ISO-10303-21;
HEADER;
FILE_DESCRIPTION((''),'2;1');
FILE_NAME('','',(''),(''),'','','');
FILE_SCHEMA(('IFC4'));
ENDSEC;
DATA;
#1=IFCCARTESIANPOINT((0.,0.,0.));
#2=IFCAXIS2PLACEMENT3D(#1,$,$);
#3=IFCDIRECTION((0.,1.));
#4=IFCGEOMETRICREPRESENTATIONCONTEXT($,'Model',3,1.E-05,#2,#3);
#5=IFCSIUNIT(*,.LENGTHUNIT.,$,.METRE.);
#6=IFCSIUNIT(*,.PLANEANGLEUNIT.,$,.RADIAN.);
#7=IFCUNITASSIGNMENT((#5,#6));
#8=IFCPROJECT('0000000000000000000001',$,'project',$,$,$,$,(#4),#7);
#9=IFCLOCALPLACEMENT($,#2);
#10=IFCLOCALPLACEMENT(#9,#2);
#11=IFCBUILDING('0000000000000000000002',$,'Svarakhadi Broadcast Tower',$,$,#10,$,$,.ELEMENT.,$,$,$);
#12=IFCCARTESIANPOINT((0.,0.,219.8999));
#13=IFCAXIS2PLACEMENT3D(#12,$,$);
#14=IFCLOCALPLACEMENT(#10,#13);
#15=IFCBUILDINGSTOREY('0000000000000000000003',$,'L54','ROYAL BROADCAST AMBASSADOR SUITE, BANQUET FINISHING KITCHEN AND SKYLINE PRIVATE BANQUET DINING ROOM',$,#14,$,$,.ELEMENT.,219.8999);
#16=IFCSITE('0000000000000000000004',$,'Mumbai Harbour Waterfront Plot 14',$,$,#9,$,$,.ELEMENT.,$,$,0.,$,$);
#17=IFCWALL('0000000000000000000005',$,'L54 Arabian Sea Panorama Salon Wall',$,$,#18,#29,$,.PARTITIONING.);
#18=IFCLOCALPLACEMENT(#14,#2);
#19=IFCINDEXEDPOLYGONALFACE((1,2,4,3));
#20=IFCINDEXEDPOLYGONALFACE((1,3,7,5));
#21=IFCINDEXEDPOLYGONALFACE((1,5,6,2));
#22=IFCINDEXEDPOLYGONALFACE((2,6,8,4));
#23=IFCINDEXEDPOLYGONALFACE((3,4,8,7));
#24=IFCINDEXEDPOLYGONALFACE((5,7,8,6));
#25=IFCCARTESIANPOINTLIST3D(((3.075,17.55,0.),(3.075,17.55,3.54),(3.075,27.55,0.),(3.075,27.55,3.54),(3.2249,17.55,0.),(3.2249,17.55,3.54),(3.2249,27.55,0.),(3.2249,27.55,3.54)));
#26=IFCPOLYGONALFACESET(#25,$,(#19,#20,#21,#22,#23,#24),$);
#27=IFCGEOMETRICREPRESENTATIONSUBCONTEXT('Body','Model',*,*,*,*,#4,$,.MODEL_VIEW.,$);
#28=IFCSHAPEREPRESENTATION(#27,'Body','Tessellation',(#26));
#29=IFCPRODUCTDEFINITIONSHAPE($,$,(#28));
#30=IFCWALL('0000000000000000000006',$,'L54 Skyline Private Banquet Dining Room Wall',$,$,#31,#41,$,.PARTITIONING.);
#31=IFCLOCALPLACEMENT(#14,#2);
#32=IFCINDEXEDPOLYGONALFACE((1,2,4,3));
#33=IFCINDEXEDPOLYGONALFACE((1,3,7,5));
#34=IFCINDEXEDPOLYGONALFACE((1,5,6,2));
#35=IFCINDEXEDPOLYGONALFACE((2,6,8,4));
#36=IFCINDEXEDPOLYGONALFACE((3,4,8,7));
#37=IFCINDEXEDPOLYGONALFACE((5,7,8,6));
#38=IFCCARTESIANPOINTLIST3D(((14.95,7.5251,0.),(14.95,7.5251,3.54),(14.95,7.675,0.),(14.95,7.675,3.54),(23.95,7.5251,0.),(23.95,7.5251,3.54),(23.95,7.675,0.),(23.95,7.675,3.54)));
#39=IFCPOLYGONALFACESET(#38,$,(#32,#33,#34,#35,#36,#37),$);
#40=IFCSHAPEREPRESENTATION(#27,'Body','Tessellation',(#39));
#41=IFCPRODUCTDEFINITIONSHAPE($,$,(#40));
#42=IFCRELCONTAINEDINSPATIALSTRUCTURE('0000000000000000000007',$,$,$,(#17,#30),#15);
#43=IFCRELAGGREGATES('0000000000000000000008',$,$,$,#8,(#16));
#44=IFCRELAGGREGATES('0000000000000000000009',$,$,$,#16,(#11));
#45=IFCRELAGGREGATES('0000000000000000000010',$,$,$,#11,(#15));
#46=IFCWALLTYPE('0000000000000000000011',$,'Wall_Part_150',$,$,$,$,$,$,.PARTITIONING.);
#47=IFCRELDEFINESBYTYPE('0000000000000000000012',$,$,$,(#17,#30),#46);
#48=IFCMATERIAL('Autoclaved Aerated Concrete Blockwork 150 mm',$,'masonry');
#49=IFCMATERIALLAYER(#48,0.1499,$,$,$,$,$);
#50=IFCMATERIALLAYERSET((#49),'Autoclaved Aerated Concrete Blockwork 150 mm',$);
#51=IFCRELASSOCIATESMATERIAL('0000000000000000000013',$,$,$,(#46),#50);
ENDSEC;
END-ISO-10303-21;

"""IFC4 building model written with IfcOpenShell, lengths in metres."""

from ifc_helpers import new_model, si_unit, direction, frame, frame_2d, origin, place, context, subcontext, project, spatial, rectangle, extrude, material, layer, layer_set, type_object, element, save


model = new_model("IFC4")

# Units and contexts
model_context = context("Model", 3, precision=1e-05, world=origin(), true_north=direction((0.0, 1.0)))
body_context = subcontext(model_context, "Body", "Model", "MODEL_VIEW")
ifc_project = project(units=[si_unit("LENGTHUNIT", "METRE"), si_unit("PLANEANGLEUNIT", "RADIAN")], contexts=[model_context])

# Site, building, storey
site_placement = place(None, origin())
site = spatial("IfcSite", under=ifc_project, at=site_placement, Name="Mumbai Harbour Waterfront Plot 14", CompositionType="ELEMENT", RefElevation=0.0)
building_placement = place(site_placement, origin())
building = spatial("IfcBuilding", under=site, at=building_placement, Name="Svarakhadi Broadcast Tower", CompositionType="ELEMENT")
storey_placement = place(building_placement, frame((0.0, 0.0, 219.8999)))
storey = spatial("IfcBuildingStorey", under=building, at=storey_placement, Name="L54", Description="ROYAL BROADCAST AMBASSADOR SUITE, BANQUET FINISHING KITCHEN AND SKYLINE PRIVATE BANQUET DINING ROOM", CompositionType="ELEMENT", Elevation=219.8999)

# Walls
ifc_material_1 = material(Name="Autoclaved Aerated Concrete Blockwork 150 mm", Category="masonry")
ifc_layer_1 = layer(ifc_material_1, 0.1499)
ifc_layer_set_1 = layer_set([ifc_layer_1], Name="Autoclaved Aerated Concrete Blockwork 150 mm")
wall_type_1 = type_object("IfcWallType", Name="Wall_Part_150", PredefinedType="PARTITIONING", material=ifc_layer_set_1)
wall_1_placement = place(storey_placement, frame((3.1499, 17.55, 0.0), z_axis=(0.0, 0.0, 1.0), x_axis=(0.0, 1.0, 0.0)))
element("IfcWall", 1, at=wall_1_placement, inside=storey, type_object=wall_type_1, Name="L54 Arabian Sea Panorama Salon Wall", PredefinedType="PARTITIONING", context=body_context, shape_type="SweptSolid", body=[
    extrude(rectangle(XDim=10.0, YDim=0.1499, at=frame_2d((5.0, 0.0))), origin(), (0.0, 0.0, 1.0), 3.54),
])
wall_2_placement = place(storey_placement, frame((14.95, 7.6001, 0.0), z_axis=(0.0, 0.0, 1.0), x_axis=(1.0, 0.0, 0.0)))
element("IfcWall", 2, at=wall_2_placement, inside=storey, type_object=wall_type_1, Name="L54 Skyline Private Banquet Dining Room Wall", PredefinedType="PARTITIONING", context=body_context, shape_type="SweptSolid", body=[
    extrude(rectangle(XDim=9.0, YDim=0.1499, at=frame_2d((4.5, 0.0))), origin(), (0.0, 0.0, 1.0), 3.54),
])

save(model, "model.ifc")
